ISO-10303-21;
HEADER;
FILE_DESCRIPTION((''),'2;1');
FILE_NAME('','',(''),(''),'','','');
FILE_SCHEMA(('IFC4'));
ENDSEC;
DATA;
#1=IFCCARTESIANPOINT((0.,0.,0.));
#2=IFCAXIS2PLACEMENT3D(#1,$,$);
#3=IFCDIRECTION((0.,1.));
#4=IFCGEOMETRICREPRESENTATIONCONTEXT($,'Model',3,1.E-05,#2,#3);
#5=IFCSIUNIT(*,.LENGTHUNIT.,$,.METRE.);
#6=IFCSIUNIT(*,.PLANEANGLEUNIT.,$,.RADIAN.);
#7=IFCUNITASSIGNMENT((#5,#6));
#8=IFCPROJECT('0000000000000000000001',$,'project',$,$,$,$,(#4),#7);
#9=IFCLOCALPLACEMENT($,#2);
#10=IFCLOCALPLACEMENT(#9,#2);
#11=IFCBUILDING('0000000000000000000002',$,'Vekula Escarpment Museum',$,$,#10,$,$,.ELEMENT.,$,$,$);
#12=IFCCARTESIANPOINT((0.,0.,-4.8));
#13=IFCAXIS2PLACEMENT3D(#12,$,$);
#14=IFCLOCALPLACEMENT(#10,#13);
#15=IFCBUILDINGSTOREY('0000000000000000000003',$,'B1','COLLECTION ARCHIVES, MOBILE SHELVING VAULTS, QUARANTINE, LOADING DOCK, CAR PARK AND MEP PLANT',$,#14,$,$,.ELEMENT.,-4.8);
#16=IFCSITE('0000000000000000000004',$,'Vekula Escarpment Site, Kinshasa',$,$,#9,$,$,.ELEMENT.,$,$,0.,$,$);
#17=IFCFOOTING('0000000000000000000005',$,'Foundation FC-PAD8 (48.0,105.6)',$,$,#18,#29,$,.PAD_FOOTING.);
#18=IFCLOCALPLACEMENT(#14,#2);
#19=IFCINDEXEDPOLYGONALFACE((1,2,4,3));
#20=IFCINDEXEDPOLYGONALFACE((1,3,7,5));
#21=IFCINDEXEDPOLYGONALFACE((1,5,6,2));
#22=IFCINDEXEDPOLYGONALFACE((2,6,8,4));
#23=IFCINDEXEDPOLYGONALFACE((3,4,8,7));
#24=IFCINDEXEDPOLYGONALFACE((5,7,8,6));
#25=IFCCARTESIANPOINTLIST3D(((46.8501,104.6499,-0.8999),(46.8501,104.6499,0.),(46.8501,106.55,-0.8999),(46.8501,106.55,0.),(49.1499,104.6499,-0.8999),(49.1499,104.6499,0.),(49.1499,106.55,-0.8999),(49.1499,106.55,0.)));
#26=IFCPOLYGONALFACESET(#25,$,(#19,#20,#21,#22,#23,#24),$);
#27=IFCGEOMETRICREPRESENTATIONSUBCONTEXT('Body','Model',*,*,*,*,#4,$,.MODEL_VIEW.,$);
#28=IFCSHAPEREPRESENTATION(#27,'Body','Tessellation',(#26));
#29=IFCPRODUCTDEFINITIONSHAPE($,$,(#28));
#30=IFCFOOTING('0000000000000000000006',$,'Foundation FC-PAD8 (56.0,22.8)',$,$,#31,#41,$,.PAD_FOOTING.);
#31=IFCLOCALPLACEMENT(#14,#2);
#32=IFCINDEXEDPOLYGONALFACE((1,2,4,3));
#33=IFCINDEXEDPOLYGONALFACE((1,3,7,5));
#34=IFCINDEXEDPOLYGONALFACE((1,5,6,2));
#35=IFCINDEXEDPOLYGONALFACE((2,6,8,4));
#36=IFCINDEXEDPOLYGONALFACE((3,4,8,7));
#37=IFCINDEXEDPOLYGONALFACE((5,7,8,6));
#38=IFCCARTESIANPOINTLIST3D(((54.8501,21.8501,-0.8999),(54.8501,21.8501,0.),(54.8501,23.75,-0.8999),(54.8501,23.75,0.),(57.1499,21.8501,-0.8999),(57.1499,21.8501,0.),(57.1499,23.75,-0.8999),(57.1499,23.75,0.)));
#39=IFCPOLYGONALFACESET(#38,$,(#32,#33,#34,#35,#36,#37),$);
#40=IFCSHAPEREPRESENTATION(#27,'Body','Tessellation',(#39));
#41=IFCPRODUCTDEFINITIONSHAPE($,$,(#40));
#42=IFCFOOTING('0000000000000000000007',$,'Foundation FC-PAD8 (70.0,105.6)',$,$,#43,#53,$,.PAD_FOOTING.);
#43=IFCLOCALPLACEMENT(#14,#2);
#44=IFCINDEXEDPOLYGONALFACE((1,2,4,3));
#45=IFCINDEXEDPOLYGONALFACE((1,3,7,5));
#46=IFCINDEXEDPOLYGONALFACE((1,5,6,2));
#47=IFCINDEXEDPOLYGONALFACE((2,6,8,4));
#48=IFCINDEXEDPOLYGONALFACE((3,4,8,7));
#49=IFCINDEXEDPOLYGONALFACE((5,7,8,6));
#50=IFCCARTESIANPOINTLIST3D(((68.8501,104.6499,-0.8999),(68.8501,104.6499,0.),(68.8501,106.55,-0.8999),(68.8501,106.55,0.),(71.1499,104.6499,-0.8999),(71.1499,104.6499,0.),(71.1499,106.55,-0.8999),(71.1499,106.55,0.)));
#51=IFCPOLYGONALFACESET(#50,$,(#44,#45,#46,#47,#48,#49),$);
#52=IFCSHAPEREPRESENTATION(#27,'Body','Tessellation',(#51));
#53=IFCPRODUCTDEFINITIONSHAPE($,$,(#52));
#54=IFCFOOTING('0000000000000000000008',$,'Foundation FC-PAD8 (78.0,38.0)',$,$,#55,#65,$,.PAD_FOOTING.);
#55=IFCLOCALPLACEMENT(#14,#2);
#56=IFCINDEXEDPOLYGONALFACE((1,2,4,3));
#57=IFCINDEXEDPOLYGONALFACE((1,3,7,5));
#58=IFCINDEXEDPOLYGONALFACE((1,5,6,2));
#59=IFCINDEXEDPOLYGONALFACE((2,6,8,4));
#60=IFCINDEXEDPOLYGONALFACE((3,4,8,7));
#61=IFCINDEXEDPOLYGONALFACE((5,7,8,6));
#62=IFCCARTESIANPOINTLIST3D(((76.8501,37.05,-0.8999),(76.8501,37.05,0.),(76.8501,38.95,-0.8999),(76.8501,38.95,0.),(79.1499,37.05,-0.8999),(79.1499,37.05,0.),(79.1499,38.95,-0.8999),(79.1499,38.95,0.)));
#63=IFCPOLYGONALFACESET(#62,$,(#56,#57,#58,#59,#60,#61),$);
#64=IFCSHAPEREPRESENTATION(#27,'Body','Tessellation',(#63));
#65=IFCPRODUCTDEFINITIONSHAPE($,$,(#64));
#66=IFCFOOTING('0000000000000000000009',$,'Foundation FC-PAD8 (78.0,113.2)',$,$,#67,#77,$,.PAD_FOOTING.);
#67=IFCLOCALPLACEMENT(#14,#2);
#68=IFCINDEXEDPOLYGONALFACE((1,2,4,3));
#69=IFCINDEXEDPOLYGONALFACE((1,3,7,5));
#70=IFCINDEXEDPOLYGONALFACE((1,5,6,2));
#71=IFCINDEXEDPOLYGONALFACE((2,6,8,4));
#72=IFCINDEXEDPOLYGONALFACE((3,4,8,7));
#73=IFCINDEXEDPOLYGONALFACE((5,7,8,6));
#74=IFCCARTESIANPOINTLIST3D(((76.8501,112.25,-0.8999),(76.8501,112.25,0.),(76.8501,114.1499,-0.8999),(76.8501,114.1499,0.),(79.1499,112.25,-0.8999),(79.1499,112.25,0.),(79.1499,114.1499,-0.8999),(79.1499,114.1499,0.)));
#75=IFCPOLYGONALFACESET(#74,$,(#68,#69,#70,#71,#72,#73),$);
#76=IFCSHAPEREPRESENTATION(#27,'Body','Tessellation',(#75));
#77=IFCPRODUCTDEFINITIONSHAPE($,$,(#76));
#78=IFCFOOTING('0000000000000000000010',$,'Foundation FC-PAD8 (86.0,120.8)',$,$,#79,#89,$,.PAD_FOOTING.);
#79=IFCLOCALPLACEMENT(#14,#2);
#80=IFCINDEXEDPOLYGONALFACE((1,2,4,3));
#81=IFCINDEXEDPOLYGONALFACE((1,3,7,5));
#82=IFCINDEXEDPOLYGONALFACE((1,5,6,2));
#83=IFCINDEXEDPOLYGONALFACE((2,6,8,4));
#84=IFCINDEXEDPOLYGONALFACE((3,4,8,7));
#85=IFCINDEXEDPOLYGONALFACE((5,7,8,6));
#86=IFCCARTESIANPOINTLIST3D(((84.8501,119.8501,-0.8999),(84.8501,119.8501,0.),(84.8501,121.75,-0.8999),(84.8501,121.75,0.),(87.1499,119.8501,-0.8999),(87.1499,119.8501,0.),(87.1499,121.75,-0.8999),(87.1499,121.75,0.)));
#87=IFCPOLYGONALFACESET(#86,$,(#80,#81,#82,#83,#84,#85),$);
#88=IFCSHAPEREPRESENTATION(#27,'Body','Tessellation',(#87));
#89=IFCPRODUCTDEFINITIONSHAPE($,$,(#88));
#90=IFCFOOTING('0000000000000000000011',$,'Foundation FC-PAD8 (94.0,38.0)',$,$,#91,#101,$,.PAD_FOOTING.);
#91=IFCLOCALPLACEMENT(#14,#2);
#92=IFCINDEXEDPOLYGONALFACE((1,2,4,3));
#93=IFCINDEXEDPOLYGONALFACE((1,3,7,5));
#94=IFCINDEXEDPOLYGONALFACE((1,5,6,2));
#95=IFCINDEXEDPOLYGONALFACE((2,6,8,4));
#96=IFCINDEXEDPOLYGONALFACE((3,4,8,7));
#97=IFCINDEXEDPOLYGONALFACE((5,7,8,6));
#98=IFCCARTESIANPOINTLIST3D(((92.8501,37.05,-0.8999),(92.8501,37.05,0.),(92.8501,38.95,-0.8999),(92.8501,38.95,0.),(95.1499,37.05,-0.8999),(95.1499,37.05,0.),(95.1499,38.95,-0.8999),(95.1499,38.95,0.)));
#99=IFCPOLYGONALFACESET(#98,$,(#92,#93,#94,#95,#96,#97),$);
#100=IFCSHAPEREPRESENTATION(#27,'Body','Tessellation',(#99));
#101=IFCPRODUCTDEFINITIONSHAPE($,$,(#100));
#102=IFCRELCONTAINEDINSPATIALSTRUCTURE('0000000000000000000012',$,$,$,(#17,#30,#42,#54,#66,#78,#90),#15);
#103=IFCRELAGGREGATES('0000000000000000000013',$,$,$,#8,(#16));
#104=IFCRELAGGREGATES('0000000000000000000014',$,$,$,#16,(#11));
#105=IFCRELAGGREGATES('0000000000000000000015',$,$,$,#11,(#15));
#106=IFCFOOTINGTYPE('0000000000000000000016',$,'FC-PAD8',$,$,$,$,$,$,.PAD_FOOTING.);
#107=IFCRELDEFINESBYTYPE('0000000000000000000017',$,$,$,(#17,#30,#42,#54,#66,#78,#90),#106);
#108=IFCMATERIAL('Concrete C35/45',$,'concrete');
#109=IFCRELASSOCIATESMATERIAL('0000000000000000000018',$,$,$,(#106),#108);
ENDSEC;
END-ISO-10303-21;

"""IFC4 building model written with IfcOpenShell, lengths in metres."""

from ifc_helpers import new_model, si_unit, direction, frame, origin, place, context, subcontext, project, spatial, polyline, outline, extrude, material, type_object, element, save


model = new_model("IFC4")

# Units and contexts
model_context = context("Model", 3, precision=1e-05, world=origin(), true_north=direction((0.0, 1.0)))
body_context = subcontext(model_context, "Body", "Model", "MODEL_VIEW")
ifc_project = project(units=[si_unit("LENGTHUNIT", "METRE"), si_unit("PLANEANGLEUNIT", "RADIAN")], contexts=[model_context])

# Site, building, storey
site_placement = place(None, origin())
site = spatial("IfcSite", under=ifc_project, at=site_placement, Name="Vekula Escarpment Site, Kinshasa", CompositionType="ELEMENT", RefElevation=0.0)
building_placement = place(site_placement, origin())
building = spatial("IfcBuilding", under=site, at=building_placement, Name="Vekula Escarpment Museum", CompositionType="ELEMENT")
storey_placement = place(building_placement, frame((0.0, 0.0, -4.8)))
storey = spatial("IfcBuildingStorey", under=building, at=storey_placement, Name="B1", Description="COLLECTION ARCHIVES, MOBILE SHELVING VAULTS, QUARANTINE, LOADING DOCK, CAR PARK AND MEP PLANT", CompositionType="ELEMENT", Elevation=-4.8)

# Footings
ifc_material_1 = material(Name="Concrete C35/45", Category="concrete")
footing_type_1 = type_object("IfcFootingType", Name="FC-PAD8", PredefinedType="PAD_FOOTING", material=ifc_material_1)
footing_1_placement = place(storey_placement, frame((0.0, 0.0, -0.8999)))
element("IfcFooting", 1, at=footing_1_placement, inside=storey, type_object=footing_type_1, Name="Foundation FC-PAD8 (48.0,105.6)", PredefinedType="PAD_FOOTING", context=body_context, shape_type="SweptSolid", body=[
    extrude(outline(polyline([(46.8501, 104.6499), (49.1499, 104.6499), (49.1499, 106.55), (46.8501, 106.55), (46.8501, 104.6499)])), origin(), (0.0, 0.0, 1.0), 0.8999),
])
footing_2_placement = place(storey_placement, frame((0.0, 0.0, -0.8999)))
element("IfcFooting", 2, at=footing_2_placement, inside=storey, type_object=footing_type_1, Name="Foundation FC-PAD8 (56.0,22.8)", PredefinedType="PAD_FOOTING", context=body_context, shape_type="SweptSolid", body=[
    extrude(outline(polyline([(54.8501, 21.8501), (57.1499, 21.8501), (57.1499, 23.75), (54.8501, 23.75), (54.8501, 21.8501)])), origin(), (0.0, 0.0, 1.0), 0.8999),
])
footing_3_placement = place(storey_placement, frame((0.0, 0.0, -0.8999)))
element("IfcFooting", 3, at=footing_3_placement, inside=storey, type_object=footing_type_1, Name="Foundation FC-PAD8 (70.0,105.6)", PredefinedType="PAD_FOOTING", context=body_context, shape_type="SweptSolid", body=[
    extrude(outline(polyline([(68.8501, 104.6499), (71.1499, 104.6499), (71.1499, 106.55), (68.8501, 106.55), (68.8501, 104.6499)])), origin(), (0.0, 0.0, 1.0), 0.8999),
])
footing_4_placement = place(storey_placement, frame((0.0, 0.0, -0.8999)))
element("IfcFooting", 4, at=footing_4_placement, inside=storey, type_object=footing_type_1, Name="Foundation FC-PAD8 (78.0,38.0)", PredefinedType="PAD_FOOTING", context=body_context, shape_type="SweptSolid", body=[
    extrude(outline(polyline([(76.8501, 37.05), (79.1499, 37.05), (79.1499, 38.95), (76.8501, 38.95), (76.8501, 37.05)])), origin(), (0.0, 0.0, 1.0), 0.8999),
])
footing_5_placement = place(storey_placement, frame((0.0, 0.0, -0.8999)))
element("IfcFooting", 5, at=footing_5_placement, inside=storey, type_object=footing_type_1, Name="Foundation FC-PAD8 (78.0,113.2)", PredefinedType="PAD_FOOTING", context=body_context, shape_type="SweptSolid", body=[
    extrude(outline(polyline([(76.8501, 112.25), (79.1499, 112.25), (79.1499, 114.1499), (76.8501, 114.1499), (76.8501, 112.25)])), origin(), (0.0, 0.0, 1.0), 0.8999),
])
footing_6_placement = place(storey_placement, frame((0.0, 0.0, -0.8999)))
element("IfcFooting", 6, at=footing_6_placement, inside=storey, type_object=footing_type_1, Name="Foundation FC-PAD8 (86.0,120.8)", PredefinedType="PAD_FOOTING", context=body_context, shape_type="SweptSolid", body=[
    extrude(outline(polyline([(84.8501, 119.8501), (87.1499, 119.8501), (87.1499, 121.75), (84.8501, 121.75), (84.8501, 119.8501)])), origin(), (0.0, 0.0, 1.0), 0.8999),
])
footing_7_placement = place(storey_placement, frame((0.0, 0.0, -0.8999)))
element("IfcFooting", 7, at=footing_7_placement, inside=storey, type_object=footing_type_1, Name="Foundation FC-PAD8 (94.0,38.0)", PredefinedType="PAD_FOOTING", context=body_context, shape_type="SweptSolid", body=[
    extrude(outline(polyline([(92.8501, 37.05), (95.1499, 37.05), (95.1499, 38.95), (92.8501, 38.95), (92.8501, 37.05)])), origin(), (0.0, 0.0, 1.0), 0.8999),
])

save(model, "model.ifc")
